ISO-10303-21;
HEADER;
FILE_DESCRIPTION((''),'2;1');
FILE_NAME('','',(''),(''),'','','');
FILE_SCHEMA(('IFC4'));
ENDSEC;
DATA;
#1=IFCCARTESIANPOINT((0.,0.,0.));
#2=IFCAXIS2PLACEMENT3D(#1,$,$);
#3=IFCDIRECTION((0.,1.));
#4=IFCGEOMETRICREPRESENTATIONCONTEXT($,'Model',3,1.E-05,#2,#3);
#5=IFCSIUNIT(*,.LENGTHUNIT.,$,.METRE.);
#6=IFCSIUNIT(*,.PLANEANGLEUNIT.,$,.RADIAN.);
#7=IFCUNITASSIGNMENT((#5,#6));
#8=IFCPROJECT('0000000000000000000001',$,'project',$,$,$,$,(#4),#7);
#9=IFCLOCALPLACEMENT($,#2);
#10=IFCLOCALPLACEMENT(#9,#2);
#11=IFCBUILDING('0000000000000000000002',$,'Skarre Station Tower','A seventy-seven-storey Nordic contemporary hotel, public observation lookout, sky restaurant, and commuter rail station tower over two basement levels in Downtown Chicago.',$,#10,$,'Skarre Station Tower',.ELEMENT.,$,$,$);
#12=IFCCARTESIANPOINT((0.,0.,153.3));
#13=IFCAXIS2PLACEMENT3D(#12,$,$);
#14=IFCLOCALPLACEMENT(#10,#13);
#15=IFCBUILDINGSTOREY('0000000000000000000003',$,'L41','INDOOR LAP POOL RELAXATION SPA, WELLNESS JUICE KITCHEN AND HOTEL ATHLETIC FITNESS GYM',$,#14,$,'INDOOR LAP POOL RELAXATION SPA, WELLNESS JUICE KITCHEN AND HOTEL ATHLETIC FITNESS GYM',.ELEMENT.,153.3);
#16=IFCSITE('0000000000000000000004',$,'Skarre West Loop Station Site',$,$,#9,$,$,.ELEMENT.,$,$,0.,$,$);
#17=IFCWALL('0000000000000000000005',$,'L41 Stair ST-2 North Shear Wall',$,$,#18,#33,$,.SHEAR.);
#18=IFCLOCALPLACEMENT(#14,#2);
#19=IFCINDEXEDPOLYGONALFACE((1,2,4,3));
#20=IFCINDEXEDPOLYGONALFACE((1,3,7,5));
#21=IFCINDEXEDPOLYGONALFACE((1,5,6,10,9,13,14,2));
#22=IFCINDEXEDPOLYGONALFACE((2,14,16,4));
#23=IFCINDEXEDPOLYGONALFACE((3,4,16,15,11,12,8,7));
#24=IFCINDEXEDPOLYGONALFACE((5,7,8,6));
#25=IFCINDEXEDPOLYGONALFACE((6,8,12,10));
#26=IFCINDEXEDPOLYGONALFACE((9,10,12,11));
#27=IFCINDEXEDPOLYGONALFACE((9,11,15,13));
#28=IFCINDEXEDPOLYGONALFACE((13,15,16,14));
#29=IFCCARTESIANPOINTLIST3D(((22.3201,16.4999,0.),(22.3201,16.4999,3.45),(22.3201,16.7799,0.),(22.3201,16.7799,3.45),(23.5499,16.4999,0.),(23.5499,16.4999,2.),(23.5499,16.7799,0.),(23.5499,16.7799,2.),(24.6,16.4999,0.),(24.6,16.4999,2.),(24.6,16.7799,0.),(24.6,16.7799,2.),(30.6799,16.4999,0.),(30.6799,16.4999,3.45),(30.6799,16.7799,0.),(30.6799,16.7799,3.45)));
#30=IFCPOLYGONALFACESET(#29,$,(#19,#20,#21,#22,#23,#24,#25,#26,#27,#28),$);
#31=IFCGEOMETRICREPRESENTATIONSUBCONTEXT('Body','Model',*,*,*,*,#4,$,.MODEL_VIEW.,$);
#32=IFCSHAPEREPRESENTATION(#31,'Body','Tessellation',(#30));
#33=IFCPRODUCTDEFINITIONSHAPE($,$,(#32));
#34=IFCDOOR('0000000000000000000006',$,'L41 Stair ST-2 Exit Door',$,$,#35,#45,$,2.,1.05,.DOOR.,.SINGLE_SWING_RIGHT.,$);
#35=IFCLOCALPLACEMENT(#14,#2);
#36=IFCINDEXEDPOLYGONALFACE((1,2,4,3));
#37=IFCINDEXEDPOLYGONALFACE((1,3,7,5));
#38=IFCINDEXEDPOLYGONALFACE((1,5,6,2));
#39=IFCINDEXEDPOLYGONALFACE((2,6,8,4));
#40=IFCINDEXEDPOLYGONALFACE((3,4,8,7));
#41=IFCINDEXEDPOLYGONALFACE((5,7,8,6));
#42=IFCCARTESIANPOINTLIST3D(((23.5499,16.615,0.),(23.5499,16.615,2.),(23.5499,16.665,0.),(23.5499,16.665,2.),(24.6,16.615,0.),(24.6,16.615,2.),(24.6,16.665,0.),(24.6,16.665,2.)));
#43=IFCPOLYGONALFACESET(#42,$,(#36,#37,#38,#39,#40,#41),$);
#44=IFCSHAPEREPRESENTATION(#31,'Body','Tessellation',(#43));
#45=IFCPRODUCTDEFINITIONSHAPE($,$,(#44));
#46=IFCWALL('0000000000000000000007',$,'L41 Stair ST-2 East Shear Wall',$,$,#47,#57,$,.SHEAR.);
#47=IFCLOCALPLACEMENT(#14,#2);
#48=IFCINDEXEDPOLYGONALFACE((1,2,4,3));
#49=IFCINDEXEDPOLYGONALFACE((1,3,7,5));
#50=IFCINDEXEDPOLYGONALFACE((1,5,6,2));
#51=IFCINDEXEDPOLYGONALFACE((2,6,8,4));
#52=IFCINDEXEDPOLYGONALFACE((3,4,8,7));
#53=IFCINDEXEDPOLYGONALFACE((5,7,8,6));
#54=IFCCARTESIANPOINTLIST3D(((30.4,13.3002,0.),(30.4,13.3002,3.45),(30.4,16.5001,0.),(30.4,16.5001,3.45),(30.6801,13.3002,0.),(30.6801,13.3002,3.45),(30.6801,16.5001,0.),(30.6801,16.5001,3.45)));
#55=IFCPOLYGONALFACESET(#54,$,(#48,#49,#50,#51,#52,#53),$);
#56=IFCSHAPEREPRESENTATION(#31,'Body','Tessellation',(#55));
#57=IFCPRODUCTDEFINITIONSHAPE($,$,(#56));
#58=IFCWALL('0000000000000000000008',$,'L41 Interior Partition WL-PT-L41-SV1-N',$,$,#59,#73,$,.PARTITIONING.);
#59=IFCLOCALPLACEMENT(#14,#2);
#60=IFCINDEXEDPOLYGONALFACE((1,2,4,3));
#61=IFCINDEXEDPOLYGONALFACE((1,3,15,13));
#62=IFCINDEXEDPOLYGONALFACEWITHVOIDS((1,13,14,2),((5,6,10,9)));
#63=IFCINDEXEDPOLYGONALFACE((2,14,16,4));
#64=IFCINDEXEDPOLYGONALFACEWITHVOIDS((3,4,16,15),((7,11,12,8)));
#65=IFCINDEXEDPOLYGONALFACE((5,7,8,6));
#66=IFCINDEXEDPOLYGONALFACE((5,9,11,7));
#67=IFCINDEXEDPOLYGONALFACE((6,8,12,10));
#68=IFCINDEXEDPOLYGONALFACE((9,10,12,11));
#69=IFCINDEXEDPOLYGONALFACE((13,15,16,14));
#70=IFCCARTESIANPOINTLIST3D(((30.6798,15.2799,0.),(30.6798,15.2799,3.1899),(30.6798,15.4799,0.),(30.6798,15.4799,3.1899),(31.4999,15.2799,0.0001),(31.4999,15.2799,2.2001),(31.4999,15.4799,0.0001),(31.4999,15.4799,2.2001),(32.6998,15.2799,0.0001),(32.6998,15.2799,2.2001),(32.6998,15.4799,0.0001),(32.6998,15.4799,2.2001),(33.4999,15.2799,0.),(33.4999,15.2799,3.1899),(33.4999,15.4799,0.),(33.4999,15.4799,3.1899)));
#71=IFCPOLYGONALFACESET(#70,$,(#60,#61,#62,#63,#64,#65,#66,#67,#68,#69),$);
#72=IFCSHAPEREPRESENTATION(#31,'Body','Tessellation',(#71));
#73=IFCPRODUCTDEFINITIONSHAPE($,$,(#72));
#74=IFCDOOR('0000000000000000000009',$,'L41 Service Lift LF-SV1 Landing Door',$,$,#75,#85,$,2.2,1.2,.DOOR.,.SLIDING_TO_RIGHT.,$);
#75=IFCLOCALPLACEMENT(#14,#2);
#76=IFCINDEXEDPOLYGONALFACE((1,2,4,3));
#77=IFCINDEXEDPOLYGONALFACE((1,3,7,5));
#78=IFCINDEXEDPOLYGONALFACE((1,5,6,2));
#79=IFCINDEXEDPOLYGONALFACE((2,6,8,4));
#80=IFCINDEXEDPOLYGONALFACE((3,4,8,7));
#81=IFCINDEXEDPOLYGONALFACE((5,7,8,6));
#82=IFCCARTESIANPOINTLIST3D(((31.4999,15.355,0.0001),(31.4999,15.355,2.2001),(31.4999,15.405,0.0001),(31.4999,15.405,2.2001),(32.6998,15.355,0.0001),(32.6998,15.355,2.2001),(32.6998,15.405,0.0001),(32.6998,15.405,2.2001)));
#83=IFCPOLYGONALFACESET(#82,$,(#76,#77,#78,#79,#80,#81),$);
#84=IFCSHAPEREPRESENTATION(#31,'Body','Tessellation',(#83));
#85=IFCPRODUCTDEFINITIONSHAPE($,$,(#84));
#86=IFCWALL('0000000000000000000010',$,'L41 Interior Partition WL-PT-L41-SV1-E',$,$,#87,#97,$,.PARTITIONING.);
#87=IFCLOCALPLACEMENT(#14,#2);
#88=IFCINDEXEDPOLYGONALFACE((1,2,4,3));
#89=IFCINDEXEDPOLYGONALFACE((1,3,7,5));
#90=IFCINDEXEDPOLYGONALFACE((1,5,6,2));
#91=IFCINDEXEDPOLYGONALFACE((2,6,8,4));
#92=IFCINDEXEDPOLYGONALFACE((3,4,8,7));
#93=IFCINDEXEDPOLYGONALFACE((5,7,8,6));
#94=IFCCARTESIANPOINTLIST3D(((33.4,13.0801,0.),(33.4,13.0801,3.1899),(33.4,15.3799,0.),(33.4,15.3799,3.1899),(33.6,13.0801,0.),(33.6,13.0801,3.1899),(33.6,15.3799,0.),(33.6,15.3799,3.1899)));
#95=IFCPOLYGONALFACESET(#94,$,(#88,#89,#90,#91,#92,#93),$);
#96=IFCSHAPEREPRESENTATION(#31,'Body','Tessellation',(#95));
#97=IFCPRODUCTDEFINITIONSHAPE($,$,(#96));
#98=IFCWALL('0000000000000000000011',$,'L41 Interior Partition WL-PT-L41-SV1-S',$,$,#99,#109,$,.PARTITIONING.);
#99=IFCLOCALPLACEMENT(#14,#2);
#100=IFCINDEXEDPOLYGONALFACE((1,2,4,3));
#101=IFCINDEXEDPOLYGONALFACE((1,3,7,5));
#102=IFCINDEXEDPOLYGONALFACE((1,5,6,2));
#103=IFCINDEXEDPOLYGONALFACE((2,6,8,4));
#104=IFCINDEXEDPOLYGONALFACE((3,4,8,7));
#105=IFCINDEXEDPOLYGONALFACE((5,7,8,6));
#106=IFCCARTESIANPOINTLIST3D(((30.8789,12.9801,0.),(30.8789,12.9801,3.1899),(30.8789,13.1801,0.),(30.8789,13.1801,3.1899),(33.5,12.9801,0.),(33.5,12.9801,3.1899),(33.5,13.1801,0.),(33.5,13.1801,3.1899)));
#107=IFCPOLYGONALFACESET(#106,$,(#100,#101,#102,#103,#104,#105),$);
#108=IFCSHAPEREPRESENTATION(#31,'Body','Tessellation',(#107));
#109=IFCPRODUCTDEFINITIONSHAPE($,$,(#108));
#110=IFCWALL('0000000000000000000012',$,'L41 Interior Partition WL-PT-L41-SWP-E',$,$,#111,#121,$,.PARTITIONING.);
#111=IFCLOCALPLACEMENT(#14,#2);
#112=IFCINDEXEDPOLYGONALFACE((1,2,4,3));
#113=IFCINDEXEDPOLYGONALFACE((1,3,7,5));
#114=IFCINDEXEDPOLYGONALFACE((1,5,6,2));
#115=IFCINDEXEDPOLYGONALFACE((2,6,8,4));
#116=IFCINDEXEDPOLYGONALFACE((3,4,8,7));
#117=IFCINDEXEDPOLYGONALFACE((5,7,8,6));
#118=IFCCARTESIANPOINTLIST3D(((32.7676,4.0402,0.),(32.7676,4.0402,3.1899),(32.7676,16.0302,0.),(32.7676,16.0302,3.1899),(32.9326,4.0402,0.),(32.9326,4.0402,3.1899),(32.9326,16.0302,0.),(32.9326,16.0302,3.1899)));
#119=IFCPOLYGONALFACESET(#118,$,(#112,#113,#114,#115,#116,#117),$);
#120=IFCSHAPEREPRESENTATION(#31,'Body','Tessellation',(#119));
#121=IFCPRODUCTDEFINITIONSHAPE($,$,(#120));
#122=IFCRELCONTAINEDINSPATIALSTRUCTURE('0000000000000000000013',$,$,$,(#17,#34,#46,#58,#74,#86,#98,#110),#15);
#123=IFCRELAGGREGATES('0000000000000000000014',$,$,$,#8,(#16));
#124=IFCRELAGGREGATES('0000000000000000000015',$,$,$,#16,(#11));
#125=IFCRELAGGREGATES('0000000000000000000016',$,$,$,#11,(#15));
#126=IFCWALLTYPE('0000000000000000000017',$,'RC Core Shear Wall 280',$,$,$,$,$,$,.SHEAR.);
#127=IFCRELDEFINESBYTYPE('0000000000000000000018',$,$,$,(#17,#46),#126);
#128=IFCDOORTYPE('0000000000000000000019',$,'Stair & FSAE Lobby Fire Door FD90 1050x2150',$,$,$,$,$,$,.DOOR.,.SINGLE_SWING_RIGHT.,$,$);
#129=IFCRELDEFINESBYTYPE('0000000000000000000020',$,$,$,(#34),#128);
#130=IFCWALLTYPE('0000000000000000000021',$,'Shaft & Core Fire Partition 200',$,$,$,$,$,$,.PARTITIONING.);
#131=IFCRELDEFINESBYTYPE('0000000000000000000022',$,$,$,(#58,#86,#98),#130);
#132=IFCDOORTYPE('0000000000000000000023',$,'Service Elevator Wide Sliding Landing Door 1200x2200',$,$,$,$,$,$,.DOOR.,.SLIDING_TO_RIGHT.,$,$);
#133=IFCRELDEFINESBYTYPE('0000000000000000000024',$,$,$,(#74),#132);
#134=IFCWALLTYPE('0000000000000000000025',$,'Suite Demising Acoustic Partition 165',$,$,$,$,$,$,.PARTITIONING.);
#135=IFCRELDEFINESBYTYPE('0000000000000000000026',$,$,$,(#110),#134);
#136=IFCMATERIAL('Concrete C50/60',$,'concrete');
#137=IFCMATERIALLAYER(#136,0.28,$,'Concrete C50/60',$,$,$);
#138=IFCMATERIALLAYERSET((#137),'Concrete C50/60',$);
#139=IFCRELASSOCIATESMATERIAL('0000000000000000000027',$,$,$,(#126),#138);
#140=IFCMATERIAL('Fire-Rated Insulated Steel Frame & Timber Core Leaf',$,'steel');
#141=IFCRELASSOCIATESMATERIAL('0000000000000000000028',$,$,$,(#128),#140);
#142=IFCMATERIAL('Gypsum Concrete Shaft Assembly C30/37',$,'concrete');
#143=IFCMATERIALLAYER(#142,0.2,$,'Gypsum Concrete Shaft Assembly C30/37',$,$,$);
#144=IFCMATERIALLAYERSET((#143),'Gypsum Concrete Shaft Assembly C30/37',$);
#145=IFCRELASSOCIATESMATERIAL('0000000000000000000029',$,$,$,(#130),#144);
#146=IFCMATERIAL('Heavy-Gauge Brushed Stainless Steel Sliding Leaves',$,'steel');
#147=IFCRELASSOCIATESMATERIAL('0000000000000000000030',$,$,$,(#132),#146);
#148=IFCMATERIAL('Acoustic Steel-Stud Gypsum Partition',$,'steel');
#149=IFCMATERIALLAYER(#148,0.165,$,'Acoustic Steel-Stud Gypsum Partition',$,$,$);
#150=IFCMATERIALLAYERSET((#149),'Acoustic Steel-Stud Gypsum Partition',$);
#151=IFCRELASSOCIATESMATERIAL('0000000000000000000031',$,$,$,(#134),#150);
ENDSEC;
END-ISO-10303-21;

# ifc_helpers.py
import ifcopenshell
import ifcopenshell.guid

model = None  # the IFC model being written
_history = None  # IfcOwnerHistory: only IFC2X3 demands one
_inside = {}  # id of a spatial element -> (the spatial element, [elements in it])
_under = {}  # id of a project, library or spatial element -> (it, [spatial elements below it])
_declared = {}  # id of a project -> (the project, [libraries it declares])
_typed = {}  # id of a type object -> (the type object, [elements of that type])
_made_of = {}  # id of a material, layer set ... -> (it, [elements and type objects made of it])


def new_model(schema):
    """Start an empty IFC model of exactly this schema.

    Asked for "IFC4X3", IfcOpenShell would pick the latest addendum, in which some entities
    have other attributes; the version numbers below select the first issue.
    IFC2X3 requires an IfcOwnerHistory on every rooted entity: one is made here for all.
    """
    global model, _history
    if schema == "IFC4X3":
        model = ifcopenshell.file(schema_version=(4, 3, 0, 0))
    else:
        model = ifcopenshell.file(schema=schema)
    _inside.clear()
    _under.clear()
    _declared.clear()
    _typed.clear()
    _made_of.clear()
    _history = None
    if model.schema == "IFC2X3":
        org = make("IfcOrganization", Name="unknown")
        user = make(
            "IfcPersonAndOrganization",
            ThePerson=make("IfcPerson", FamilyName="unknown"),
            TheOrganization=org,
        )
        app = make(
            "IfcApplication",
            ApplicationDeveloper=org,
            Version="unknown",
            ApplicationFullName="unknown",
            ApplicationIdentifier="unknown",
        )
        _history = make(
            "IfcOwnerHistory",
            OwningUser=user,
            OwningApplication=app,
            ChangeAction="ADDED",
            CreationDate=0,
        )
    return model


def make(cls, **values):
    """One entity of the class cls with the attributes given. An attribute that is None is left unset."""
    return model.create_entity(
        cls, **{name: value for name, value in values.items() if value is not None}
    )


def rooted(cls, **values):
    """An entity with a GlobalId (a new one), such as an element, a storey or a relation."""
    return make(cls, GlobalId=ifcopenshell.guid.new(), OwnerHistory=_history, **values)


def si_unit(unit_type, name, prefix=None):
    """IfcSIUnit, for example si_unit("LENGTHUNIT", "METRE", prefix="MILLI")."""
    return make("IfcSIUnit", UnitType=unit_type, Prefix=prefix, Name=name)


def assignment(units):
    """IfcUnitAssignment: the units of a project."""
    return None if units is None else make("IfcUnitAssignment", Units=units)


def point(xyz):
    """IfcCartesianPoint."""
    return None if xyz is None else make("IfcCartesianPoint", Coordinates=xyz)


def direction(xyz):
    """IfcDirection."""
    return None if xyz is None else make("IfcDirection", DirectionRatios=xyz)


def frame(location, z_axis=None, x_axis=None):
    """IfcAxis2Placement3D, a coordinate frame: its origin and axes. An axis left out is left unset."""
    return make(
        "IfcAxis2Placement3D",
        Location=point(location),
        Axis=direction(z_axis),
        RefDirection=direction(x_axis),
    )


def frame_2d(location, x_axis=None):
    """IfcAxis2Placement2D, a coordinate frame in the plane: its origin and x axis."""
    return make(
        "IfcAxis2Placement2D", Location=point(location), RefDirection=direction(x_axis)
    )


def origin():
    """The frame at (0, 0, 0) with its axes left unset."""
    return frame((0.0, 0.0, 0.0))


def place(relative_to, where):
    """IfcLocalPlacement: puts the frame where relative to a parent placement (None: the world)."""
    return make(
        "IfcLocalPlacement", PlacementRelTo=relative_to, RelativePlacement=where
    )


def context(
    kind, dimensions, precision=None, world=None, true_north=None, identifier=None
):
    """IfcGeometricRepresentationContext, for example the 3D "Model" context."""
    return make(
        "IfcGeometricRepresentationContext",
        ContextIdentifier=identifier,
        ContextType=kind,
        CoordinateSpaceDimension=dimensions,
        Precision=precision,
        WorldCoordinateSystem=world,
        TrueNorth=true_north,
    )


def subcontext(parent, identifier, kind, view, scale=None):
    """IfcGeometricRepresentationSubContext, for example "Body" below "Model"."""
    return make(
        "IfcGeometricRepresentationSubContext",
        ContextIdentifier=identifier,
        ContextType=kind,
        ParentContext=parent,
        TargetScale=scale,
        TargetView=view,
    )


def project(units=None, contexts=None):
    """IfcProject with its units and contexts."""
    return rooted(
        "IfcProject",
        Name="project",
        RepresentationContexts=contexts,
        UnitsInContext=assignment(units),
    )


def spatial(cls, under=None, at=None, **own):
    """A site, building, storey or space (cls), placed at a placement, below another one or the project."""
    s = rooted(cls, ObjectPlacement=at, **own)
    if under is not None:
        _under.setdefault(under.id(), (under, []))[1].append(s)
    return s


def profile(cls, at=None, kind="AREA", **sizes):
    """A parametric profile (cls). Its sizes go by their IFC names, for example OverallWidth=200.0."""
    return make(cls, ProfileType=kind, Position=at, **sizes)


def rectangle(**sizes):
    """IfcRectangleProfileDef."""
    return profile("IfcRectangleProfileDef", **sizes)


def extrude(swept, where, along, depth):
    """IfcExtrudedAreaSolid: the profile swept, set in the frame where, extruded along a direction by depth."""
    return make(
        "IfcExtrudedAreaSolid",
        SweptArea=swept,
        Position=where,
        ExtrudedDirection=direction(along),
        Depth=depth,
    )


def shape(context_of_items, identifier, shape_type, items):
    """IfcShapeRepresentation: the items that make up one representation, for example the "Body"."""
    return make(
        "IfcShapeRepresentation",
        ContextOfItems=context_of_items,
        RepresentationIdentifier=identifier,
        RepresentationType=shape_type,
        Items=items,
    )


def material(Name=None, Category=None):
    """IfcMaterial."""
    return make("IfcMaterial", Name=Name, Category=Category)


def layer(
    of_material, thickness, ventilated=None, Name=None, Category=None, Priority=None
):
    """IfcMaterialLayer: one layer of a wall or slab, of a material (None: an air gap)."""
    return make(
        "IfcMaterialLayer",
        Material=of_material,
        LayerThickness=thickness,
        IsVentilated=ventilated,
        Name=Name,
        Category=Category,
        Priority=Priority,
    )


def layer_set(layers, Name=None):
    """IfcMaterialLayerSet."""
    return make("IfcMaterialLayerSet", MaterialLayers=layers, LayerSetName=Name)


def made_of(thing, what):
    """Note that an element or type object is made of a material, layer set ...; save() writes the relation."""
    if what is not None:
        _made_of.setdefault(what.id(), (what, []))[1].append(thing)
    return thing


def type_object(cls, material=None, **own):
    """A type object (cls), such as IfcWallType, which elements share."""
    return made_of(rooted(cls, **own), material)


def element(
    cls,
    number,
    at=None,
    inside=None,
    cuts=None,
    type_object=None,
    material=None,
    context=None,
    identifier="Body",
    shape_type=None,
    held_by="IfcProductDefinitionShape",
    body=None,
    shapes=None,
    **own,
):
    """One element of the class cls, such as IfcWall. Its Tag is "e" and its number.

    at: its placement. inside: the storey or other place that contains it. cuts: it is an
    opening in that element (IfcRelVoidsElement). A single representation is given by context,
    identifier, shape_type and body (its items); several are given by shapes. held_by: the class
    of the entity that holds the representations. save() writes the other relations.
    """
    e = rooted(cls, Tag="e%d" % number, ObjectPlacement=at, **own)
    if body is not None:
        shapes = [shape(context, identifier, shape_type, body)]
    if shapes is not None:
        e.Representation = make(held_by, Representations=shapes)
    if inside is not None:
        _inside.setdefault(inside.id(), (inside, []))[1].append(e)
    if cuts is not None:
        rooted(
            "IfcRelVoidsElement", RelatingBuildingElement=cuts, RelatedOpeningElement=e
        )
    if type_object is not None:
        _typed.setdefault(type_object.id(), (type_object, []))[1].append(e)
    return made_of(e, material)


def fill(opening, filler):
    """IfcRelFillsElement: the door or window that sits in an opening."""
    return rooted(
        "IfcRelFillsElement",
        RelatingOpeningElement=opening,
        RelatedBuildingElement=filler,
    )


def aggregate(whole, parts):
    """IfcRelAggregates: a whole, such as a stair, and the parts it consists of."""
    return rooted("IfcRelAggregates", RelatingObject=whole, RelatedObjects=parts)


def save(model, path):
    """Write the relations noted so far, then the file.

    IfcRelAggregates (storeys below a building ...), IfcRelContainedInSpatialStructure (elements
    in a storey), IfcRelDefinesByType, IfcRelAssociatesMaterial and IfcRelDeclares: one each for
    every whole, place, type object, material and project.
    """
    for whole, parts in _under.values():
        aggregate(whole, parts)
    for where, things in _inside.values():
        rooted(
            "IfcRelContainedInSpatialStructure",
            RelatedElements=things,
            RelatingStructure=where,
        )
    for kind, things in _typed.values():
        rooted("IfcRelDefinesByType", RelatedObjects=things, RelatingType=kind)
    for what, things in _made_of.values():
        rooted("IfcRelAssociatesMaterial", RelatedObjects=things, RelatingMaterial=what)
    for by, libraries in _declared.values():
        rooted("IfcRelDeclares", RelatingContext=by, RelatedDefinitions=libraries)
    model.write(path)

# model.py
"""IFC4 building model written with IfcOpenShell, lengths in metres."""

from ifc_helpers import new_model, si_unit, direction, frame, frame_2d, origin, place, context, subcontext, project, spatial, rectangle, extrude, material, layer, layer_set, type_object, element, fill, save


model = new_model("IFC4")

# Units and contexts
model_context = context("Model", 3, precision=1e-05, world=origin(), true_north=direction((0.0, 1.0)))
body_context = subcontext(model_context, "Body", "Model", "MODEL_VIEW")
ifc_project = project(units=[si_unit("LENGTHUNIT", "METRE"), si_unit("PLANEANGLEUNIT", "RADIAN")], contexts=[model_context])

# Site, building, storey
site_placement = place(None, origin())
site = spatial("IfcSite", under=ifc_project, at=site_placement, Name="Skarre West Loop Station Site", CompositionType="ELEMENT", RefElevation=0.0)
building_placement = place(site_placement, origin())
building = spatial("IfcBuilding", under=site, at=building_placement, Name="Skarre Station Tower", Description="A seventy-seven-storey Nordic contemporary hotel, public observation lookout, sky restaurant, and commuter rail station tower over two basement levels in Downtown Chicago.", LongName="Skarre Station Tower", CompositionType="ELEMENT")
storey_placement = place(building_placement, frame((0.0, 0.0, 153.3)))
storey = spatial("IfcBuildingStorey", under=building, at=storey_placement, Name="L41", Description="INDOOR LAP POOL RELAXATION SPA, WELLNESS JUICE KITCHEN AND HOTEL ATHLETIC FITNESS GYM", LongName="INDOOR LAP POOL RELAXATION SPA, WELLNESS JUICE KITCHEN AND HOTEL ATHLETIC FITNESS GYM", CompositionType="ELEMENT", Elevation=153.3)

# Shared definitions
ifc_material_1 = material(Name="Acoustic Steel-Stud Gypsum Partition", Category="steel")

# Wall, opening, door
ifc_material_2 = material(Name="Concrete C50/60", Category="concrete")
ifc_layer_1 = layer(ifc_material_2, 0.28, Name="Concrete C50/60")
ifc_layer_set_1 = layer_set([ifc_layer_1], Name="Concrete C50/60")
wall_type_1 = type_object("IfcWallType", Name="RC Core Shear Wall 280", PredefinedType="SHEAR", material=ifc_layer_set_1)
wall_1_placement = place(storey_placement, frame((30.6799, 16.6399, 0.0), z_axis=(0.0, 0.0, 1.0), x_axis=(-1.0, 0.0, 0.0)))
wall_1 = element("IfcWall", 1, at=wall_1_placement, inside=storey, type_object=wall_type_1, Name="L41 Stair ST-2 North Shear Wall", PredefinedType="SHEAR", context=body_context, shape_type="SweptSolid", body=[
    extrude(rectangle(XDim=8.3599, YDim=0.28, at=frame_2d((4.1799, 0.0))), origin(), (0.0, 0.0, 1.0), 3.45),
])
opening_1_placement = place(wall_1_placement, frame((6.0801, 0.0, 0.0)))
opening_1 = element("IfcOpeningElement", 2, at=opening_1_placement, cuts=wall_1, PredefinedType="OPENING", context=body_context, shape_type="SweptSolid", body=[
    extrude(rectangle(XDim=1.05, YDim=2.0, at=frame_2d((0.5249, 1.0))), frame((0.0, 0.1499, 0.0), z_axis=(0.0, -1.0, 0.0), x_axis=(1.0, 0.0, 0.0)), (0.0, 0.0, 1.0), 0.3),
])
ifc_material_3 = material(Name="Fire-Rated Insulated Steel Frame & Timber Core Leaf", Category="steel")
door_type_1 = type_object("IfcDoorType", Name="Stair & FSAE Lobby Fire Door FD90 1050x2150", OperationType="SINGLE_SWING_RIGHT", PredefinedType="DOOR", material=ifc_material_3)
door_1_placement = place(opening_1_placement, origin())
door_1 = element("IfcDoor", 3, at=door_1_placement, inside=storey, type_object=door_type_1, Name="L41 Stair ST-2 Exit Door", OperationType="SINGLE_SWING_RIGHT", OverallHeight=2.0, OverallWidth=1.05, PredefinedType="DOOR", context=body_context, shape_type="SweptSolid", body=[
    extrude(rectangle(XDim=1.05, YDim=2.0, at=frame_2d((0.5249, 1.0))), frame((0.0, 0.0249, 0.0), z_axis=(0.0, -1.0, 0.0), x_axis=(1.0, 0.0, 0.0)), (0.0, 0.0, 1.0), 0.05),
])
fill(opening_1, door_1)

# Wall
wall_2_placement = place(storey_placement, frame((30.54, 13.3, 0.0), z_axis=(0.0, 0.0, 1.0), x_axis=(0.0, 1.0, 0.0)))
element("IfcWall", 4, at=wall_2_placement, inside=storey, type_object=wall_type_1, Name="L41 Stair ST-2 East Shear Wall", PredefinedType="SHEAR", context=body_context, shape_type="SweptSolid", body=[
    extrude(rectangle(XDim=3.2, YDim=0.28, at=frame_2d((1.6001, 0.0))), origin(), (0.0, 0.0, 1.0), 3.45),
])

# Wall, opening, door
ifc_material_4 = material(Name="Gypsum Concrete Shaft Assembly C30/37", Category="concrete")
ifc_layer_2 = layer(ifc_material_4, 0.2, Name="Gypsum Concrete Shaft Assembly C30/37")
ifc_layer_set_2 = layer_set([ifc_layer_2], Name="Gypsum Concrete Shaft Assembly C30/37")
wall_type_2 = type_object("IfcWallType", Name="Shaft & Core Fire Partition 200", PredefinedType="PARTITIONING", material=ifc_layer_set_2)
wall_3_placement = place(storey_placement, frame((33.5, 15.3799, 0.0), z_axis=(0.0, 0.0, 1.0), x_axis=(-1.0, 0.0, 0.0)))
wall_3 = element("IfcWall", 5, at=wall_3_placement, inside=storey, type_object=wall_type_2, Name="L41 Interior Partition WL-PT-L41-SV1-N", PredefinedType="PARTITIONING", context=body_context, shape_type="SweptSolid", body=[
    extrude(rectangle(XDim=2.8201, YDim=0.2, at=frame_2d((1.4102, 0.0))), origin(), (0.0, 0.0, 1.0), 3.1899),
])
opening_2_placement = place(wall_3_placement, frame((0.8, 0.0, 0.0)))
opening_2 = element("IfcOpeningElement", 6, at=opening_2_placement, cuts=wall_3, PredefinedType="OPENING", context=body_context, shape_type="SweptSolid", body=[
    extrude(rectangle(XDim=1.2, YDim=2.2, at=frame_2d((0.6001, 1.1001))), frame((0.0, 0.1099, 0.0), z_axis=(0.0, -1.0, 0.0), x_axis=(1.0, 0.0, 0.0)), (0.0, 0.0, 1.0), 0.22),
])
ifc_material_5 = material(Name="Heavy-Gauge Brushed Stainless Steel Sliding Leaves", Category="steel")
door_type_2 = type_object("IfcDoorType", Name="Service Elevator Wide Sliding Landing Door 1200x2200", OperationType="SLIDING_TO_RIGHT", PredefinedType="DOOR", material=ifc_material_5)
door_2_placement = place(opening_2_placement, origin())
door_2 = element("IfcDoor", 7, at=door_2_placement, inside=storey, type_object=door_type_2, Name="L41 Service Lift LF-SV1 Landing Door", OperationType="SLIDING_TO_RIGHT", OverallHeight=2.2, OverallWidth=1.2, PredefinedType="DOOR", context=body_context, shape_type="SweptSolid", body=[
    extrude(rectangle(XDim=1.2, YDim=2.2, at=frame_2d((0.6001, 1.1001))), frame((0.0, 0.0249, 0.0), z_axis=(0.0, -1.0, 0.0), x_axis=(1.0, 0.0, 0.0)), (0.0, 0.0, 1.0), 0.05),
])
fill(opening_2, door_2)

# Walls
wall_4_placement = place(storey_placement, frame((33.5, 13.0801, 0.0), z_axis=(0.0, 0.0, 1.0), x_axis=(0.0, 1.0, 0.0)))
element("IfcWall", 8, at=wall_4_placement, inside=storey, type_object=wall_type_2, Name="L41 Interior Partition WL-PT-L41-SV1-E", PredefinedType="PARTITIONING", context=body_context, shape_type="SweptSolid", body=[
    extrude(rectangle(XDim=2.2998, YDim=0.2, at=frame_2d((1.1499, 0.0))), origin(), (0.0, 0.0, 1.0), 3.1899),
])
wall_5_placement = place(storey_placement, frame((30.8789, 13.0801, 0.0), z_axis=(0.0, 0.0, 1.0), x_axis=(1.0, 0.0, 0.0)))
element("IfcWall", 9, at=wall_5_placement, inside=storey, type_object=wall_type_2, Name="L41 Interior Partition WL-PT-L41-SV1-S", PredefinedType="PARTITIONING", context=body_context, shape_type="SweptSolid", body=[
    extrude(rectangle(XDim=2.6211, YDim=0.2, at=frame_2d((1.3105, 0.0))), origin(), (0.0, 0.0, 1.0), 3.1899),
])
ifc_layer_3 = layer(ifc_material_1, 0.165, Name="Acoustic Steel-Stud Gypsum Partition")
ifc_layer_set_3 = layer_set([ifc_layer_3], Name="Acoustic Steel-Stud Gypsum Partition")
wall_type_3 = type_object("IfcWallType", Name="Suite Demising Acoustic Partition 165", PredefinedType="PARTITIONING", material=ifc_layer_set_3)
wall_6_placement = place(storey_placement, frame((32.8501, 4.04, 0.0), z_axis=(0.0, 0.0, 1.0), x_axis=(0.0, 1.0, 0.0)))
element("IfcWall", 10, at=wall_6_placement, inside=storey, type_object=wall_type_3, Name="L41 Interior Partition WL-PT-L41-SWP-E", PredefinedType="PARTITIONING", context=body_context, shape_type="SweptSolid", body=[
    extrude(rectangle(XDim=11.99, YDim=0.165, at=frame_2d((5.9951, 0.0))), origin(), (0.0, 0.0, 1.0), 3.1899),
])

save(model, "model.ifc")
